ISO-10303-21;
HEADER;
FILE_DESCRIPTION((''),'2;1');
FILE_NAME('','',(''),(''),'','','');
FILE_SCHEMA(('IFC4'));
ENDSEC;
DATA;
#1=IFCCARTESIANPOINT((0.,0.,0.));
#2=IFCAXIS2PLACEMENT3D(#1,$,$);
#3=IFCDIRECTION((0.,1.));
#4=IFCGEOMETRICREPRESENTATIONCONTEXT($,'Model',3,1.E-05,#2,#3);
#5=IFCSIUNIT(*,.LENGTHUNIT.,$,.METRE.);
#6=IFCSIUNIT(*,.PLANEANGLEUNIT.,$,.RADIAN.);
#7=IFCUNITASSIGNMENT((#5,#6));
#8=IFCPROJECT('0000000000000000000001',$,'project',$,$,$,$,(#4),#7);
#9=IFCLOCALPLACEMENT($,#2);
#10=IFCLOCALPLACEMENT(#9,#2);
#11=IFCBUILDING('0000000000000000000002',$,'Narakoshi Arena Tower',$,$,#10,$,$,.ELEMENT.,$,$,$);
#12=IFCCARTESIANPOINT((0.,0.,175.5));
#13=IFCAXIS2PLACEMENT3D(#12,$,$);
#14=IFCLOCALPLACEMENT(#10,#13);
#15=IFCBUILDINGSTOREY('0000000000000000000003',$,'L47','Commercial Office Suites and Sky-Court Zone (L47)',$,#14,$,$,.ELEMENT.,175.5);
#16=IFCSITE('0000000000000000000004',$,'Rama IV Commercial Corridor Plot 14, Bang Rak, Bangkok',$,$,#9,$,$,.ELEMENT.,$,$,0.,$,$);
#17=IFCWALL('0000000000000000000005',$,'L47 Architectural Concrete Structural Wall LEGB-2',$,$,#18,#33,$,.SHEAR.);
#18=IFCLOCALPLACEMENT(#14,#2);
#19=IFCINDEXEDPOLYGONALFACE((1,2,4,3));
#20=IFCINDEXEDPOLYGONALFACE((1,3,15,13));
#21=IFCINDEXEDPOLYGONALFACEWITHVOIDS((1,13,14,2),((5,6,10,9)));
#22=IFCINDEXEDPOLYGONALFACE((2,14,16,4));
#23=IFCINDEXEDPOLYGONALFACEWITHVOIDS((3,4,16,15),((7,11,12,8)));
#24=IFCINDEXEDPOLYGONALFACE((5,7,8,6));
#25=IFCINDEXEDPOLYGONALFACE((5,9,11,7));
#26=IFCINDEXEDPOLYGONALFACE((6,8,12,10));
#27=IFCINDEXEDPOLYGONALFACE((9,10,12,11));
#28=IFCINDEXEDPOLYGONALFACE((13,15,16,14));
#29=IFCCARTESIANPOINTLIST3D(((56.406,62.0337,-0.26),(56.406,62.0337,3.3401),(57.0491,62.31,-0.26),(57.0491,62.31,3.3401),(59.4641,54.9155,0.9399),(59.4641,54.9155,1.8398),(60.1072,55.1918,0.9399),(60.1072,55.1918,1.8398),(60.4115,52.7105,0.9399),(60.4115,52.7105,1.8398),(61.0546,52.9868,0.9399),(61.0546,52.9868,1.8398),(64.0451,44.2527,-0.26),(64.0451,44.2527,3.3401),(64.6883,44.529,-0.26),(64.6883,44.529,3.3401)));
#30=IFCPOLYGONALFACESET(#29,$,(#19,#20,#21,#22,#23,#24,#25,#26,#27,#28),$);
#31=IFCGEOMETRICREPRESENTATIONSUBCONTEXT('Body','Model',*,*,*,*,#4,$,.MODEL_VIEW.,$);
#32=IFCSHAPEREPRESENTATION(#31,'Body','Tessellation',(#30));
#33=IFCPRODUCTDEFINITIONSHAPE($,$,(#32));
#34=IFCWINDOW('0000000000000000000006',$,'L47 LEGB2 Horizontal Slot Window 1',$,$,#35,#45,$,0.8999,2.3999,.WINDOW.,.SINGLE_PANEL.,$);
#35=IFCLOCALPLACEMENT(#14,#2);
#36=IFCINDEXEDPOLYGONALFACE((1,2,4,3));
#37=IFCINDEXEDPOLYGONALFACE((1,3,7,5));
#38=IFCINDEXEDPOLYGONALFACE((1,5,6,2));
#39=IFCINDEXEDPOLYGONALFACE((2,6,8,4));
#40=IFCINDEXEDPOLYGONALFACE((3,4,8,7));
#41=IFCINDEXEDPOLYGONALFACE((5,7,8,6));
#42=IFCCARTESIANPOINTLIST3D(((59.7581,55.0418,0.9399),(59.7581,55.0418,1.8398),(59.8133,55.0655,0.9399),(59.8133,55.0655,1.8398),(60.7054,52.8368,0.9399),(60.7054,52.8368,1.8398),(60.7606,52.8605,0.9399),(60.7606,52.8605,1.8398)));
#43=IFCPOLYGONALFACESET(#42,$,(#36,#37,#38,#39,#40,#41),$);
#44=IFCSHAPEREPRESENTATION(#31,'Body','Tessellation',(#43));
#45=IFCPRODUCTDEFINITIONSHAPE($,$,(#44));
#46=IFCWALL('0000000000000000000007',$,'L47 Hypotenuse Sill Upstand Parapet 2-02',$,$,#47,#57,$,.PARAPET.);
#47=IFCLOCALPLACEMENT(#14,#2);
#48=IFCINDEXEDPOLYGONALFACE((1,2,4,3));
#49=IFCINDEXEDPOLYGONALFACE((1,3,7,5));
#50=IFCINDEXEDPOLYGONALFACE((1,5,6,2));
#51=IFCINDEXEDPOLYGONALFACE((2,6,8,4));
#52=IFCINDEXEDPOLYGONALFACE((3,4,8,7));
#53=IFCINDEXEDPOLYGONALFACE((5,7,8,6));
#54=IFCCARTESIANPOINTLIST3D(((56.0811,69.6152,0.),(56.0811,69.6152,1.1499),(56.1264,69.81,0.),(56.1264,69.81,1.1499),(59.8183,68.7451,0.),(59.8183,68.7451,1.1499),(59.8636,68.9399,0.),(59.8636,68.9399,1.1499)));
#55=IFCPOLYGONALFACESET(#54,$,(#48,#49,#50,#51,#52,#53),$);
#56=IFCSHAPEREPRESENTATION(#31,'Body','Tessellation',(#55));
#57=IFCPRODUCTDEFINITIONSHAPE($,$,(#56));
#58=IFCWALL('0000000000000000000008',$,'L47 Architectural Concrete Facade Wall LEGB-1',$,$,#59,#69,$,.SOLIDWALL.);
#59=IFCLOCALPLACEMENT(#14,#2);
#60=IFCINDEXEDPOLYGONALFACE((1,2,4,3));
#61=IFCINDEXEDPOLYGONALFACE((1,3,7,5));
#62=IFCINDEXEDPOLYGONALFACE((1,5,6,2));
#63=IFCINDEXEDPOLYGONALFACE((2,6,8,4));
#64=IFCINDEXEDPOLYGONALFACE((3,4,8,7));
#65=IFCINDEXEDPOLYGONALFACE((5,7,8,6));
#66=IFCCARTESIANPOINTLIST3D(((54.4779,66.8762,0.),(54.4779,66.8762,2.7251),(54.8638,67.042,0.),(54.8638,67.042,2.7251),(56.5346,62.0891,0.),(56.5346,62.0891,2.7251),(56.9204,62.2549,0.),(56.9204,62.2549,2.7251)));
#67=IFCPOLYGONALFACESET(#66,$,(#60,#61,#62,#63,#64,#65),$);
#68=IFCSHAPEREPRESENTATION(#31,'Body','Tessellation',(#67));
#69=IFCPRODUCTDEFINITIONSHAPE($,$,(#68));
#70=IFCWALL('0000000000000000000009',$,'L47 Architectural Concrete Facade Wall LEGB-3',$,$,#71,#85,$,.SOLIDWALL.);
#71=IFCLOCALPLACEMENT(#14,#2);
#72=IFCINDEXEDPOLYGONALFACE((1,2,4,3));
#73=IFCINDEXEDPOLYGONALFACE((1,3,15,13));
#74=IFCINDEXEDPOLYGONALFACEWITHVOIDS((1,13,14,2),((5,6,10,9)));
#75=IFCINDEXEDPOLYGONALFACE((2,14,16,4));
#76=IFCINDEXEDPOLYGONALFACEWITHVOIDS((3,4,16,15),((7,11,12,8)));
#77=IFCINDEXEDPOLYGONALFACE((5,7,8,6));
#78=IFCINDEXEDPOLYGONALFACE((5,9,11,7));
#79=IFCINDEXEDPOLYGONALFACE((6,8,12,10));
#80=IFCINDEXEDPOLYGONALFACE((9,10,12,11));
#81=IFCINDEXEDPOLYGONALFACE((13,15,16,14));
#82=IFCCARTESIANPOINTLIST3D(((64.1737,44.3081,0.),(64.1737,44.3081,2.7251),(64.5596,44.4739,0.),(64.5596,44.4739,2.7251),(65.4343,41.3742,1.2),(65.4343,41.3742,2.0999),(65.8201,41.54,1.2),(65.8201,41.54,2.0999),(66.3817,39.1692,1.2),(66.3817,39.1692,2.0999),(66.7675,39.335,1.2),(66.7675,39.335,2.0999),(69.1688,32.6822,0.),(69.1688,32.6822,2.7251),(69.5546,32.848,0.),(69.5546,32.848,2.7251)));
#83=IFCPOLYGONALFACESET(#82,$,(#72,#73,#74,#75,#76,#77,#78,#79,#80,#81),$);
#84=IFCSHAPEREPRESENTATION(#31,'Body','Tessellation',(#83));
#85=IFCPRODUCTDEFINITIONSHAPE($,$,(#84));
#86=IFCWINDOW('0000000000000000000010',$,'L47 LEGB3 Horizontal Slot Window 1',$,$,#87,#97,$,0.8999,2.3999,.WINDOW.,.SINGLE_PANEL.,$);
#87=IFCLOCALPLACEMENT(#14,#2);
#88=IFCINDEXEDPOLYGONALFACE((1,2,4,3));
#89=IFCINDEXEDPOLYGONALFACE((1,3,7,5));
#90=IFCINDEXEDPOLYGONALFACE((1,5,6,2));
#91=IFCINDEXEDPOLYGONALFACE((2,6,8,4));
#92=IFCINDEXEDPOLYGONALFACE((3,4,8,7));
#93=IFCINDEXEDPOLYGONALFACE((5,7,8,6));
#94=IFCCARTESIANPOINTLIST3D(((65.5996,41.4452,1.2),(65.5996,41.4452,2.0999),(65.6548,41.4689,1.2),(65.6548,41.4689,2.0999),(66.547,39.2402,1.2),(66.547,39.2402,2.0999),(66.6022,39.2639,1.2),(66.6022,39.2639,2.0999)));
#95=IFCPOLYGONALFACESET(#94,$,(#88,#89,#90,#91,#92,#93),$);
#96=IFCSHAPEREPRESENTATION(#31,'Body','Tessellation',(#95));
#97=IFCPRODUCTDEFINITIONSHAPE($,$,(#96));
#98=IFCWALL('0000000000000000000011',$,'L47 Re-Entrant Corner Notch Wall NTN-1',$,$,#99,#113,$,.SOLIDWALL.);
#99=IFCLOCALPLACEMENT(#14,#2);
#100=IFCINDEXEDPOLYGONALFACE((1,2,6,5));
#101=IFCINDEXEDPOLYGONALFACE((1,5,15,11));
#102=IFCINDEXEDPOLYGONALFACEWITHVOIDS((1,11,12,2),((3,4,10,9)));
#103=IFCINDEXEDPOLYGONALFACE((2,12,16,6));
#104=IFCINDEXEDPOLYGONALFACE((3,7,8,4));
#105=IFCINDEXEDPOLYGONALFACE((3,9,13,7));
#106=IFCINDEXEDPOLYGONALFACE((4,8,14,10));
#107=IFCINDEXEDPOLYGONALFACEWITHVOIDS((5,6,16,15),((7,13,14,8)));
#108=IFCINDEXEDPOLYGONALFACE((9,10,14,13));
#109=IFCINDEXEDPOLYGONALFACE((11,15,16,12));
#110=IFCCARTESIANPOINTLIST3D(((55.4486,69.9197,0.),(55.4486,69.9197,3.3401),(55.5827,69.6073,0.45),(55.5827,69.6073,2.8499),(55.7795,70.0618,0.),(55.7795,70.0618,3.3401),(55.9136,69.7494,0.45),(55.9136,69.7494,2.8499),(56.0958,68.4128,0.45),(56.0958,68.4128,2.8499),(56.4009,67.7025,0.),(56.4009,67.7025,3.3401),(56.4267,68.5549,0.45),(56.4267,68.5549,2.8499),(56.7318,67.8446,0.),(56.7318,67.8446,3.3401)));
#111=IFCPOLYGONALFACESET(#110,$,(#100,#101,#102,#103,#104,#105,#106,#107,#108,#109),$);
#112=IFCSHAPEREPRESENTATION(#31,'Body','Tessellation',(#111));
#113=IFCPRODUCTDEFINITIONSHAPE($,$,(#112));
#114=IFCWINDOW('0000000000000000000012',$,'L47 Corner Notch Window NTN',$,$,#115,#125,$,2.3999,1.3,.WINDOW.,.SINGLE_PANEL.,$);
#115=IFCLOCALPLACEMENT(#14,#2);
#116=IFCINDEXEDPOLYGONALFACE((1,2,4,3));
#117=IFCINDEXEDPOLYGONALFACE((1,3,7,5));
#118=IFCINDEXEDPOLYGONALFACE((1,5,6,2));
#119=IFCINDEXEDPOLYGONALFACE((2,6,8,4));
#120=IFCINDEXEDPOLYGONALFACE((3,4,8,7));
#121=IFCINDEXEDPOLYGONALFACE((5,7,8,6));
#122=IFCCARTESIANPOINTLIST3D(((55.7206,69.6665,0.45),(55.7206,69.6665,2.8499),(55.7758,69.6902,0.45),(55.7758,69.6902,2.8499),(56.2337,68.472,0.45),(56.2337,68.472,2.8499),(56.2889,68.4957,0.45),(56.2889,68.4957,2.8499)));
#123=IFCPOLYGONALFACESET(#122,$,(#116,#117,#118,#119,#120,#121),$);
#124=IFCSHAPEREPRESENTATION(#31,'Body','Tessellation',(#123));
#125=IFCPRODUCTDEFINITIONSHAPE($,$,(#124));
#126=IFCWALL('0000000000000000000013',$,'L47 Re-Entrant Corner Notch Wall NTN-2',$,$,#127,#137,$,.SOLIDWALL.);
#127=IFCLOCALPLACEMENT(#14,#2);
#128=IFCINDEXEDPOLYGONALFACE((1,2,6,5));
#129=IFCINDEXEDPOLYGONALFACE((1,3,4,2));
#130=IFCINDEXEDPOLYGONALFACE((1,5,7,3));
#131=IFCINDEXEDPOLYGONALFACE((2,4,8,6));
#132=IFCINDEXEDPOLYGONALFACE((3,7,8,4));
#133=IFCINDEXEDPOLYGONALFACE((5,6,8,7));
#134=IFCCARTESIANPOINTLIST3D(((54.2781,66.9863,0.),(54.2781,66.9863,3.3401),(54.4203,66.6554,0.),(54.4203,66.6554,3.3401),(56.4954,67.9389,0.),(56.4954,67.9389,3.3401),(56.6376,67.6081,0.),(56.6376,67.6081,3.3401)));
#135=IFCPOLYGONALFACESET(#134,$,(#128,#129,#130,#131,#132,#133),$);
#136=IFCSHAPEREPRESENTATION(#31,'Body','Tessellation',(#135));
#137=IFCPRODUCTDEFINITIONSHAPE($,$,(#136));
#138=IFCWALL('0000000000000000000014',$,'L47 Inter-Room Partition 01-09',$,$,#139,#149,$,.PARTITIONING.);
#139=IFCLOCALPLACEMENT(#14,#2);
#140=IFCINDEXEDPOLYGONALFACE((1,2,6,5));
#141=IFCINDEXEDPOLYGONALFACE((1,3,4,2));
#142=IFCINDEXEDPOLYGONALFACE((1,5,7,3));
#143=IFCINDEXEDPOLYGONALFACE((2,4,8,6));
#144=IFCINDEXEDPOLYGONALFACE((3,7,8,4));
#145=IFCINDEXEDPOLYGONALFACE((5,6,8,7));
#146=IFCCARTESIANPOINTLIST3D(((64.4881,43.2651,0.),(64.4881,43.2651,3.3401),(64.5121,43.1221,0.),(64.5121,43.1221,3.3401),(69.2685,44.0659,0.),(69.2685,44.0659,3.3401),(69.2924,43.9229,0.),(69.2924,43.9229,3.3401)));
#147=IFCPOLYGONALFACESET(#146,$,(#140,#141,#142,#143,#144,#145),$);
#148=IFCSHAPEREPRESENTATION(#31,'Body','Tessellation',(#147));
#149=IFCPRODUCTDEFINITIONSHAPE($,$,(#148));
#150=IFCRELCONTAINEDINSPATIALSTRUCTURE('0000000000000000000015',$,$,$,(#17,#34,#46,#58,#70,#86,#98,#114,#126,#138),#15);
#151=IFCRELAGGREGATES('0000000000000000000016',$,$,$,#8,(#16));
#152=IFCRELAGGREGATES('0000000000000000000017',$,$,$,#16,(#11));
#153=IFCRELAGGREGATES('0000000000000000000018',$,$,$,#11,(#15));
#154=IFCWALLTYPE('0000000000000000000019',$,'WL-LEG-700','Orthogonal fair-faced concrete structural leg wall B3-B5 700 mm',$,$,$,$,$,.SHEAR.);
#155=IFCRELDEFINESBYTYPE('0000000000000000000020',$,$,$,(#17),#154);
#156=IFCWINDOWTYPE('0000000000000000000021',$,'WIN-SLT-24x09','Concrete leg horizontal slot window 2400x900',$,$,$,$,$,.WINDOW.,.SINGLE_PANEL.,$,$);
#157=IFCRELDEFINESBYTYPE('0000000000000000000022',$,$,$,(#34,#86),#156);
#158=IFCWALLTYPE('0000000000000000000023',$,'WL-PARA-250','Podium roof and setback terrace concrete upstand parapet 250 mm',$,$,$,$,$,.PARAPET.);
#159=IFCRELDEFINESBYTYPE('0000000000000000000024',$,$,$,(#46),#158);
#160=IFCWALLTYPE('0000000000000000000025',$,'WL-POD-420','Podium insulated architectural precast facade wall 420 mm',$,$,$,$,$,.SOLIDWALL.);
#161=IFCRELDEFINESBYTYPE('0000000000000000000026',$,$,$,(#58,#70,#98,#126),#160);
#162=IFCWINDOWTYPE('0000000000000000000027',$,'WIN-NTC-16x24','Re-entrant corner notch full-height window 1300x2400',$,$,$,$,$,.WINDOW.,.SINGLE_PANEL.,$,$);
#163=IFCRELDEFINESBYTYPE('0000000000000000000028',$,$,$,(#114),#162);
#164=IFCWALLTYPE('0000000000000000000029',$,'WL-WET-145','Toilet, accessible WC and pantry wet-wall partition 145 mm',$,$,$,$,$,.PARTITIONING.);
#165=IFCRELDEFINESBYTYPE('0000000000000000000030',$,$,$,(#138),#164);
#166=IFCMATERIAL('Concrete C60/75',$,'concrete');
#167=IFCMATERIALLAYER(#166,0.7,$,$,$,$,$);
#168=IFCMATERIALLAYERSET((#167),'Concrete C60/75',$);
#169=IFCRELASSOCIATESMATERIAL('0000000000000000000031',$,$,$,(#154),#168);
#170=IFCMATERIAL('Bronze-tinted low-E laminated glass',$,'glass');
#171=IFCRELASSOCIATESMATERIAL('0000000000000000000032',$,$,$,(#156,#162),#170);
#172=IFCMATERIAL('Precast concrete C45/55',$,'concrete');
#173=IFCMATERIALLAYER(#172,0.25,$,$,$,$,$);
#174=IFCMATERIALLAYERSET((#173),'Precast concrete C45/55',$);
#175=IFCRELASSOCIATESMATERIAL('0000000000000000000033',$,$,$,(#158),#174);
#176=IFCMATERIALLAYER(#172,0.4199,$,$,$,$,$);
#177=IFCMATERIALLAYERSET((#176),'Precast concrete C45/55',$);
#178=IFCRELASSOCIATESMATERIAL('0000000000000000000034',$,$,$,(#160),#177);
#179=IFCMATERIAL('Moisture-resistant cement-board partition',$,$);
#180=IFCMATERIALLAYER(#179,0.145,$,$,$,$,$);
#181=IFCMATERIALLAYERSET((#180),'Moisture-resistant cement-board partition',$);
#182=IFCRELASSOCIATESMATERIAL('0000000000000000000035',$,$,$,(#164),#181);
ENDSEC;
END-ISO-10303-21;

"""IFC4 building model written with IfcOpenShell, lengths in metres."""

from ifc_helpers import new_model, si_unit, direction, frame, frame_2d, origin, place, context, subcontext, project, spatial, rectangle, extrude, material, layer, layer_set, type_object, element, fill, save


model = new_model("IFC4")

# Units and contexts
model_context = context("Model", 3, precision=1e-05, world=origin(), true_north=direction((0.0, 1.0)))
body_context = subcontext(model_context, "Body", "Model", "MODEL_VIEW")
ifc_project = project(units=[si_unit("LENGTHUNIT", "METRE"), si_unit("PLANEANGLEUNIT", "RADIAN")], contexts=[model_context])

# Site, building, storey
site_placement = place(None, origin())
site = spatial("IfcSite", under=ifc_project, at=site_placement, Name="Rama IV Commercial Corridor Plot 14, Bang Rak, Bangkok", CompositionType="ELEMENT", RefElevation=0.0)
building_placement = place(site_placement, origin())
building = spatial("IfcBuilding", under=site, at=building_placement, Name="Narakoshi Arena Tower", CompositionType="ELEMENT")
storey_placement = place(building_placement, frame((0.0, 0.0, 175.5)))
storey = spatial("IfcBuildingStorey", under=building, at=storey_placement, Name="L47", Description="Commercial Office Suites and Sky-Court Zone (L47)", CompositionType="ELEMENT", Elevation=175.5)

# Shared definitions
ifc_material_1 = material(Name="Bronze-tinted low-E laminated glass", Category="glass")

# Wall, opening, window
ifc_material_2 = material(Name="Concrete C60/75", Category="concrete")
ifc_layer_1 = layer(ifc_material_2, 0.7)
ifc_layer_set_1 = layer_set([ifc_layer_1], Name="Concrete C60/75")
wall_type_1 = type_object("IfcWallType", Name="WL-LEG-700", Description="Orthogonal fair-faced concrete structural leg wall B3-B5 700 mm", PredefinedType="SHEAR", material=ifc_layer_set_1)
wall_1_placement = place(storey_placement, frame((56.7275, 62.1719, -0.26), z_axis=(0.0, 0.0, 1.0), x_axis=(0.394737, -0.918794, 0.0)))
wall_1 = element("IfcWall", 1, at=wall_1_placement, inside=storey, type_object=wall_type_1, Name="L47 Architectural Concrete Structural Wall LEGB-2", PredefinedType="SHEAR", context=body_context, shape_type="SweptSolid", body=[
    extrude(rectangle(XDim=19.3525, YDim=0.7, at=frame_2d((9.6763, 0.0))), origin(), (0.0, 0.0, 1.0), 3.6001),
])
opening_1_placement = place(wall_1_placement, frame((7.7473, 0.0, 1.2)))
opening_1 = element("IfcOpeningElement", 2, at=opening_1_placement, cuts=wall_1, PredefinedType="OPENING", context=body_context, shape_type="SweptSolid", body=[
    extrude(rectangle(XDim=2.3999, YDim=0.8999, at=frame_2d((1.2, 0.45))), frame((0.0, 0.3599, 0.0), z_axis=(0.0, -1.0, 0.0), x_axis=(1.0, 0.0, 0.0)), (0.0, 0.0, 1.0), 0.72),
])
window_type_1 = type_object("IfcWindowType", Name="WIN-SLT-24x09", Description="Concrete leg horizontal slot window 2400x900", PartitioningType="SINGLE_PANEL", PredefinedType="WINDOW", material=ifc_material_1)
window_1_placement = place(opening_1_placement, origin())
window_1 = element("IfcWindow", 3, at=window_1_placement, inside=storey, type_object=window_type_1, Name="L47 LEGB2 Horizontal Slot Window 1", OverallHeight=0.8999, OverallWidth=2.3999, PartitioningType="SINGLE_PANEL", PredefinedType="WINDOW", context=body_context, shape_type="SweptSolid", body=[
    extrude(rectangle(XDim=2.3999, YDim=0.8999, at=frame_2d((1.2, 0.45))), frame((0.0, 0.03, 0.0), z_axis=(0.0, -1.0, 0.0), x_axis=(1.0, 0.0, 0.0)), (0.0, 0.0, 1.0), 0.0601),
])
fill(opening_1, window_1)

# Walls
ifc_material_3 = material(Name="Precast concrete C45/55", Category="concrete")
ifc_layer_2 = layer(ifc_material_3, 0.25)
ifc_layer_set_2 = layer_set([ifc_layer_2], Name="Precast concrete C45/55")
wall_type_2 = type_object("IfcWallType", Name="WL-PARA-250", Description="Podium roof and setback terrace concrete upstand parapet 250 mm", PredefinedType="PARAPET", material=ifc_layer_set_2)
wall_2_placement = place(storey_placement, frame((59.8408, 68.8425, 0.0), z_axis=(0.0, 0.0, 1.0), x_axis=(-0.973952, 0.226755, 0.0)))
element("IfcWall", 4, at=wall_2_placement, inside=storey, type_object=wall_type_2, Name="L47 Hypotenuse Sill Upstand Parapet 2-02", PredefinedType="PARAPET", context=body_context, shape_type="SweptSolid", body=[
    extrude(rectangle(XDim=3.8372, YDim=0.2, at=frame_2d((1.9185, 0.0))), origin(), (0.0, 0.0, 1.0), 1.1499),
])
ifc_layer_3 = layer(ifc_material_3, 0.4199)
ifc_layer_set_3 = layer_set([ifc_layer_3], Name="Precast concrete C45/55")
wall_type_3 = type_object("IfcWallType", Name="WL-POD-420", Description="Podium insulated architectural precast facade wall 420 mm", PredefinedType="SOLIDWALL", material=ifc_layer_set_3)
wall_3_placement = place(storey_placement, frame((54.6709, 66.959, 0.0), z_axis=(0.0, 0.0, 1.0), x_axis=(0.394734, -0.918796, 0.0)))
element("IfcWall", 5, at=wall_3_placement, inside=storey, type_object=wall_type_3, Name="L47 Architectural Concrete Facade Wall LEGB-1", PredefinedType="SOLIDWALL", context=body_context, shape_type="SweptSolid", body=[
    extrude(rectangle(XDim=5.2102, YDim=0.4199, at=frame_2d((2.605, 0.0))), origin(), (0.0, 0.0, 1.0), 2.7251),
])

# Walls, openings, windows
wall_4_placement = place(storey_placement, frame((64.3667, 44.3909, 0.0), z_axis=(0.0, 0.0, 1.0), x_axis=(0.394757, -0.918785, 0.0)))
wall_4 = element("IfcWall", 6, at=wall_4_placement, inside=storey, type_object=wall_type_3, Name="L47 Architectural Concrete Facade Wall LEGB-3", PredefinedType="SOLIDWALL", context=body_context, shape_type="SweptSolid", body=[
    extrude(rectangle(XDim=12.6536, YDim=0.4199, at=frame_2d((6.3267, 0.0))), origin(), (0.0, 0.0, 1.0), 2.7251),
])
opening_2_placement = place(wall_4_placement, frame((3.1931, 0.0, 1.2)))
opening_2 = element("IfcOpeningElement", 7, at=opening_2_placement, cuts=wall_4, PredefinedType="OPENING", context=body_context, shape_type="SweptSolid", body=[
    extrude(rectangle(XDim=2.3999, YDim=0.8999, at=frame_2d((1.2, 0.45))), frame((0.0, 0.22, 0.0), z_axis=(0.0, -1.0, 0.0), x_axis=(1.0, 0.0, 0.0)), (0.0, 0.0, 1.0), 0.4399),
])
window_2_placement = place(opening_2_placement, origin())
window_2 = element("IfcWindow", 8, at=window_2_placement, inside=storey, type_object=window_type_1, Name="L47 LEGB3 Horizontal Slot Window 1", OverallHeight=0.8999, OverallWidth=2.3999, PartitioningType="SINGLE_PANEL", PredefinedType="WINDOW", context=body_context, shape_type="SweptSolid", body=[
    extrude(rectangle(XDim=2.3999, YDim=0.8999, at=frame_2d((1.2, 0.45))), frame((0.0, 0.03, 0.0), z_axis=(0.0, -1.0, 0.0), x_axis=(1.0, 0.0, 0.0)), (0.0, 0.0, 1.0), 0.0601),
])
fill(opening_2, window_2)
wall_5_placement = place(storey_placement, frame((55.614, 69.9907, 0.0), z_axis=(0.0, 0.0, 1.0), x_axis=(0.394664, -0.918826, 0.0)))
wall_5 = element("IfcWall", 9, at=wall_5_placement, inside=storey, type_object=wall_type_3, Name="L47 Re-Entrant Corner Notch Wall NTN-1", PredefinedType="SOLIDWALL", context=body_context, shape_type="SweptSolid", body=[
    extrude(rectangle(XDim=2.4131, YDim=0.3601, at=frame_2d((1.2065, 0.0))), origin(), (0.0, 0.0, 1.0), 3.3401),
])
opening_3_placement = place(wall_5_placement, frame((0.3401, 0.0, 0.45)))
opening_3 = element("IfcOpeningElement", 10, at=opening_3_placement, cuts=wall_5, PredefinedType="OPENING", context=body_context, shape_type="SweptSolid", body=[
    extrude(rectangle(XDim=1.3, YDim=2.3999, at=frame_2d((0.6499, 1.2))), frame((0.0, 0.1899, 0.0), z_axis=(0.0, -1.0, 0.0), x_axis=(1.0, 0.0, 0.0)), (0.0, 0.0, 1.0), 0.3801),
])
window_type_2 = type_object("IfcWindowType", Name="WIN-NTC-16x24", Description="Re-entrant corner notch full-height window 1300x2400", PartitioningType="SINGLE_PANEL", PredefinedType="WINDOW", material=ifc_material_1)
window_3_placement = place(opening_3_placement, origin())
window_3 = element("IfcWindow", 11, at=window_3_placement, inside=storey, type_object=window_type_2, Name="L47 Corner Notch Window NTN", OverallHeight=2.3999, OverallWidth=1.3, PartitioningType="SINGLE_PANEL", PredefinedType="WINDOW", context=body_context, shape_type="SweptSolid", body=[
    extrude(rectangle(XDim=1.3, YDim=2.3999, at=frame_2d((0.6499, 1.2))), frame((0.0, 0.03, 0.0), z_axis=(0.0, -1.0, 0.0), x_axis=(1.0, 0.0, 0.0)), (0.0, 0.0, 1.0), 0.0601),
])
fill(opening_3, window_3)

# Walls
wall_6_placement = place(storey_placement, frame((56.5664, 67.7734, 0.0), z_axis=(0.0, 0.0, 1.0), x_axis=(-0.918789, -0.394749, 0.0)))
element("IfcWall", 12, at=wall_6_placement, inside=storey, type_object=wall_type_3, Name="L47 Re-Entrant Corner Notch Wall NTN-2", PredefinedType="SOLIDWALL", context=body_context, shape_type="SweptSolid", body=[
    extrude(rectangle(XDim=2.4133, YDim=0.3601, at=frame_2d((1.2065, 0.0))), origin(), (0.0, 0.0, 1.0), 3.3401),
])
ifc_material_4 = material(Name="Moisture-resistant cement-board partition")
ifc_layer_4 = layer(ifc_material_4, 0.145)
ifc_layer_set_4 = layer_set([ifc_layer_4], Name="Moisture-resistant cement-board partition")
wall_type_4 = type_object("IfcWallType", Name="WL-WET-145", Description="Toilet, accessible WC and pantry wet-wall partition 145 mm", PredefinedType="PARTITIONING", material=ifc_layer_set_4)
wall_7_placement = place(storey_placement, frame((64.5002, 43.1936, 0.0), z_axis=(0.0, 0.0, 1.0), x_axis=(0.986257, 0.165216, 0.0)))
element("IfcWall", 13, at=wall_7_placement, inside=storey, type_object=wall_type_4, Name="L47 Inter-Room Partition 01-09", PredefinedType="PARTITIONING", context=body_context, shape_type="SweptSolid", body=[
    extrude(rectangle(XDim=4.8469, YDim=0.145, at=frame_2d((2.4233, 0.0))), origin(), (0.0, 0.0, 1.0), 3.3401),
])

save(model, "model.ifc")
